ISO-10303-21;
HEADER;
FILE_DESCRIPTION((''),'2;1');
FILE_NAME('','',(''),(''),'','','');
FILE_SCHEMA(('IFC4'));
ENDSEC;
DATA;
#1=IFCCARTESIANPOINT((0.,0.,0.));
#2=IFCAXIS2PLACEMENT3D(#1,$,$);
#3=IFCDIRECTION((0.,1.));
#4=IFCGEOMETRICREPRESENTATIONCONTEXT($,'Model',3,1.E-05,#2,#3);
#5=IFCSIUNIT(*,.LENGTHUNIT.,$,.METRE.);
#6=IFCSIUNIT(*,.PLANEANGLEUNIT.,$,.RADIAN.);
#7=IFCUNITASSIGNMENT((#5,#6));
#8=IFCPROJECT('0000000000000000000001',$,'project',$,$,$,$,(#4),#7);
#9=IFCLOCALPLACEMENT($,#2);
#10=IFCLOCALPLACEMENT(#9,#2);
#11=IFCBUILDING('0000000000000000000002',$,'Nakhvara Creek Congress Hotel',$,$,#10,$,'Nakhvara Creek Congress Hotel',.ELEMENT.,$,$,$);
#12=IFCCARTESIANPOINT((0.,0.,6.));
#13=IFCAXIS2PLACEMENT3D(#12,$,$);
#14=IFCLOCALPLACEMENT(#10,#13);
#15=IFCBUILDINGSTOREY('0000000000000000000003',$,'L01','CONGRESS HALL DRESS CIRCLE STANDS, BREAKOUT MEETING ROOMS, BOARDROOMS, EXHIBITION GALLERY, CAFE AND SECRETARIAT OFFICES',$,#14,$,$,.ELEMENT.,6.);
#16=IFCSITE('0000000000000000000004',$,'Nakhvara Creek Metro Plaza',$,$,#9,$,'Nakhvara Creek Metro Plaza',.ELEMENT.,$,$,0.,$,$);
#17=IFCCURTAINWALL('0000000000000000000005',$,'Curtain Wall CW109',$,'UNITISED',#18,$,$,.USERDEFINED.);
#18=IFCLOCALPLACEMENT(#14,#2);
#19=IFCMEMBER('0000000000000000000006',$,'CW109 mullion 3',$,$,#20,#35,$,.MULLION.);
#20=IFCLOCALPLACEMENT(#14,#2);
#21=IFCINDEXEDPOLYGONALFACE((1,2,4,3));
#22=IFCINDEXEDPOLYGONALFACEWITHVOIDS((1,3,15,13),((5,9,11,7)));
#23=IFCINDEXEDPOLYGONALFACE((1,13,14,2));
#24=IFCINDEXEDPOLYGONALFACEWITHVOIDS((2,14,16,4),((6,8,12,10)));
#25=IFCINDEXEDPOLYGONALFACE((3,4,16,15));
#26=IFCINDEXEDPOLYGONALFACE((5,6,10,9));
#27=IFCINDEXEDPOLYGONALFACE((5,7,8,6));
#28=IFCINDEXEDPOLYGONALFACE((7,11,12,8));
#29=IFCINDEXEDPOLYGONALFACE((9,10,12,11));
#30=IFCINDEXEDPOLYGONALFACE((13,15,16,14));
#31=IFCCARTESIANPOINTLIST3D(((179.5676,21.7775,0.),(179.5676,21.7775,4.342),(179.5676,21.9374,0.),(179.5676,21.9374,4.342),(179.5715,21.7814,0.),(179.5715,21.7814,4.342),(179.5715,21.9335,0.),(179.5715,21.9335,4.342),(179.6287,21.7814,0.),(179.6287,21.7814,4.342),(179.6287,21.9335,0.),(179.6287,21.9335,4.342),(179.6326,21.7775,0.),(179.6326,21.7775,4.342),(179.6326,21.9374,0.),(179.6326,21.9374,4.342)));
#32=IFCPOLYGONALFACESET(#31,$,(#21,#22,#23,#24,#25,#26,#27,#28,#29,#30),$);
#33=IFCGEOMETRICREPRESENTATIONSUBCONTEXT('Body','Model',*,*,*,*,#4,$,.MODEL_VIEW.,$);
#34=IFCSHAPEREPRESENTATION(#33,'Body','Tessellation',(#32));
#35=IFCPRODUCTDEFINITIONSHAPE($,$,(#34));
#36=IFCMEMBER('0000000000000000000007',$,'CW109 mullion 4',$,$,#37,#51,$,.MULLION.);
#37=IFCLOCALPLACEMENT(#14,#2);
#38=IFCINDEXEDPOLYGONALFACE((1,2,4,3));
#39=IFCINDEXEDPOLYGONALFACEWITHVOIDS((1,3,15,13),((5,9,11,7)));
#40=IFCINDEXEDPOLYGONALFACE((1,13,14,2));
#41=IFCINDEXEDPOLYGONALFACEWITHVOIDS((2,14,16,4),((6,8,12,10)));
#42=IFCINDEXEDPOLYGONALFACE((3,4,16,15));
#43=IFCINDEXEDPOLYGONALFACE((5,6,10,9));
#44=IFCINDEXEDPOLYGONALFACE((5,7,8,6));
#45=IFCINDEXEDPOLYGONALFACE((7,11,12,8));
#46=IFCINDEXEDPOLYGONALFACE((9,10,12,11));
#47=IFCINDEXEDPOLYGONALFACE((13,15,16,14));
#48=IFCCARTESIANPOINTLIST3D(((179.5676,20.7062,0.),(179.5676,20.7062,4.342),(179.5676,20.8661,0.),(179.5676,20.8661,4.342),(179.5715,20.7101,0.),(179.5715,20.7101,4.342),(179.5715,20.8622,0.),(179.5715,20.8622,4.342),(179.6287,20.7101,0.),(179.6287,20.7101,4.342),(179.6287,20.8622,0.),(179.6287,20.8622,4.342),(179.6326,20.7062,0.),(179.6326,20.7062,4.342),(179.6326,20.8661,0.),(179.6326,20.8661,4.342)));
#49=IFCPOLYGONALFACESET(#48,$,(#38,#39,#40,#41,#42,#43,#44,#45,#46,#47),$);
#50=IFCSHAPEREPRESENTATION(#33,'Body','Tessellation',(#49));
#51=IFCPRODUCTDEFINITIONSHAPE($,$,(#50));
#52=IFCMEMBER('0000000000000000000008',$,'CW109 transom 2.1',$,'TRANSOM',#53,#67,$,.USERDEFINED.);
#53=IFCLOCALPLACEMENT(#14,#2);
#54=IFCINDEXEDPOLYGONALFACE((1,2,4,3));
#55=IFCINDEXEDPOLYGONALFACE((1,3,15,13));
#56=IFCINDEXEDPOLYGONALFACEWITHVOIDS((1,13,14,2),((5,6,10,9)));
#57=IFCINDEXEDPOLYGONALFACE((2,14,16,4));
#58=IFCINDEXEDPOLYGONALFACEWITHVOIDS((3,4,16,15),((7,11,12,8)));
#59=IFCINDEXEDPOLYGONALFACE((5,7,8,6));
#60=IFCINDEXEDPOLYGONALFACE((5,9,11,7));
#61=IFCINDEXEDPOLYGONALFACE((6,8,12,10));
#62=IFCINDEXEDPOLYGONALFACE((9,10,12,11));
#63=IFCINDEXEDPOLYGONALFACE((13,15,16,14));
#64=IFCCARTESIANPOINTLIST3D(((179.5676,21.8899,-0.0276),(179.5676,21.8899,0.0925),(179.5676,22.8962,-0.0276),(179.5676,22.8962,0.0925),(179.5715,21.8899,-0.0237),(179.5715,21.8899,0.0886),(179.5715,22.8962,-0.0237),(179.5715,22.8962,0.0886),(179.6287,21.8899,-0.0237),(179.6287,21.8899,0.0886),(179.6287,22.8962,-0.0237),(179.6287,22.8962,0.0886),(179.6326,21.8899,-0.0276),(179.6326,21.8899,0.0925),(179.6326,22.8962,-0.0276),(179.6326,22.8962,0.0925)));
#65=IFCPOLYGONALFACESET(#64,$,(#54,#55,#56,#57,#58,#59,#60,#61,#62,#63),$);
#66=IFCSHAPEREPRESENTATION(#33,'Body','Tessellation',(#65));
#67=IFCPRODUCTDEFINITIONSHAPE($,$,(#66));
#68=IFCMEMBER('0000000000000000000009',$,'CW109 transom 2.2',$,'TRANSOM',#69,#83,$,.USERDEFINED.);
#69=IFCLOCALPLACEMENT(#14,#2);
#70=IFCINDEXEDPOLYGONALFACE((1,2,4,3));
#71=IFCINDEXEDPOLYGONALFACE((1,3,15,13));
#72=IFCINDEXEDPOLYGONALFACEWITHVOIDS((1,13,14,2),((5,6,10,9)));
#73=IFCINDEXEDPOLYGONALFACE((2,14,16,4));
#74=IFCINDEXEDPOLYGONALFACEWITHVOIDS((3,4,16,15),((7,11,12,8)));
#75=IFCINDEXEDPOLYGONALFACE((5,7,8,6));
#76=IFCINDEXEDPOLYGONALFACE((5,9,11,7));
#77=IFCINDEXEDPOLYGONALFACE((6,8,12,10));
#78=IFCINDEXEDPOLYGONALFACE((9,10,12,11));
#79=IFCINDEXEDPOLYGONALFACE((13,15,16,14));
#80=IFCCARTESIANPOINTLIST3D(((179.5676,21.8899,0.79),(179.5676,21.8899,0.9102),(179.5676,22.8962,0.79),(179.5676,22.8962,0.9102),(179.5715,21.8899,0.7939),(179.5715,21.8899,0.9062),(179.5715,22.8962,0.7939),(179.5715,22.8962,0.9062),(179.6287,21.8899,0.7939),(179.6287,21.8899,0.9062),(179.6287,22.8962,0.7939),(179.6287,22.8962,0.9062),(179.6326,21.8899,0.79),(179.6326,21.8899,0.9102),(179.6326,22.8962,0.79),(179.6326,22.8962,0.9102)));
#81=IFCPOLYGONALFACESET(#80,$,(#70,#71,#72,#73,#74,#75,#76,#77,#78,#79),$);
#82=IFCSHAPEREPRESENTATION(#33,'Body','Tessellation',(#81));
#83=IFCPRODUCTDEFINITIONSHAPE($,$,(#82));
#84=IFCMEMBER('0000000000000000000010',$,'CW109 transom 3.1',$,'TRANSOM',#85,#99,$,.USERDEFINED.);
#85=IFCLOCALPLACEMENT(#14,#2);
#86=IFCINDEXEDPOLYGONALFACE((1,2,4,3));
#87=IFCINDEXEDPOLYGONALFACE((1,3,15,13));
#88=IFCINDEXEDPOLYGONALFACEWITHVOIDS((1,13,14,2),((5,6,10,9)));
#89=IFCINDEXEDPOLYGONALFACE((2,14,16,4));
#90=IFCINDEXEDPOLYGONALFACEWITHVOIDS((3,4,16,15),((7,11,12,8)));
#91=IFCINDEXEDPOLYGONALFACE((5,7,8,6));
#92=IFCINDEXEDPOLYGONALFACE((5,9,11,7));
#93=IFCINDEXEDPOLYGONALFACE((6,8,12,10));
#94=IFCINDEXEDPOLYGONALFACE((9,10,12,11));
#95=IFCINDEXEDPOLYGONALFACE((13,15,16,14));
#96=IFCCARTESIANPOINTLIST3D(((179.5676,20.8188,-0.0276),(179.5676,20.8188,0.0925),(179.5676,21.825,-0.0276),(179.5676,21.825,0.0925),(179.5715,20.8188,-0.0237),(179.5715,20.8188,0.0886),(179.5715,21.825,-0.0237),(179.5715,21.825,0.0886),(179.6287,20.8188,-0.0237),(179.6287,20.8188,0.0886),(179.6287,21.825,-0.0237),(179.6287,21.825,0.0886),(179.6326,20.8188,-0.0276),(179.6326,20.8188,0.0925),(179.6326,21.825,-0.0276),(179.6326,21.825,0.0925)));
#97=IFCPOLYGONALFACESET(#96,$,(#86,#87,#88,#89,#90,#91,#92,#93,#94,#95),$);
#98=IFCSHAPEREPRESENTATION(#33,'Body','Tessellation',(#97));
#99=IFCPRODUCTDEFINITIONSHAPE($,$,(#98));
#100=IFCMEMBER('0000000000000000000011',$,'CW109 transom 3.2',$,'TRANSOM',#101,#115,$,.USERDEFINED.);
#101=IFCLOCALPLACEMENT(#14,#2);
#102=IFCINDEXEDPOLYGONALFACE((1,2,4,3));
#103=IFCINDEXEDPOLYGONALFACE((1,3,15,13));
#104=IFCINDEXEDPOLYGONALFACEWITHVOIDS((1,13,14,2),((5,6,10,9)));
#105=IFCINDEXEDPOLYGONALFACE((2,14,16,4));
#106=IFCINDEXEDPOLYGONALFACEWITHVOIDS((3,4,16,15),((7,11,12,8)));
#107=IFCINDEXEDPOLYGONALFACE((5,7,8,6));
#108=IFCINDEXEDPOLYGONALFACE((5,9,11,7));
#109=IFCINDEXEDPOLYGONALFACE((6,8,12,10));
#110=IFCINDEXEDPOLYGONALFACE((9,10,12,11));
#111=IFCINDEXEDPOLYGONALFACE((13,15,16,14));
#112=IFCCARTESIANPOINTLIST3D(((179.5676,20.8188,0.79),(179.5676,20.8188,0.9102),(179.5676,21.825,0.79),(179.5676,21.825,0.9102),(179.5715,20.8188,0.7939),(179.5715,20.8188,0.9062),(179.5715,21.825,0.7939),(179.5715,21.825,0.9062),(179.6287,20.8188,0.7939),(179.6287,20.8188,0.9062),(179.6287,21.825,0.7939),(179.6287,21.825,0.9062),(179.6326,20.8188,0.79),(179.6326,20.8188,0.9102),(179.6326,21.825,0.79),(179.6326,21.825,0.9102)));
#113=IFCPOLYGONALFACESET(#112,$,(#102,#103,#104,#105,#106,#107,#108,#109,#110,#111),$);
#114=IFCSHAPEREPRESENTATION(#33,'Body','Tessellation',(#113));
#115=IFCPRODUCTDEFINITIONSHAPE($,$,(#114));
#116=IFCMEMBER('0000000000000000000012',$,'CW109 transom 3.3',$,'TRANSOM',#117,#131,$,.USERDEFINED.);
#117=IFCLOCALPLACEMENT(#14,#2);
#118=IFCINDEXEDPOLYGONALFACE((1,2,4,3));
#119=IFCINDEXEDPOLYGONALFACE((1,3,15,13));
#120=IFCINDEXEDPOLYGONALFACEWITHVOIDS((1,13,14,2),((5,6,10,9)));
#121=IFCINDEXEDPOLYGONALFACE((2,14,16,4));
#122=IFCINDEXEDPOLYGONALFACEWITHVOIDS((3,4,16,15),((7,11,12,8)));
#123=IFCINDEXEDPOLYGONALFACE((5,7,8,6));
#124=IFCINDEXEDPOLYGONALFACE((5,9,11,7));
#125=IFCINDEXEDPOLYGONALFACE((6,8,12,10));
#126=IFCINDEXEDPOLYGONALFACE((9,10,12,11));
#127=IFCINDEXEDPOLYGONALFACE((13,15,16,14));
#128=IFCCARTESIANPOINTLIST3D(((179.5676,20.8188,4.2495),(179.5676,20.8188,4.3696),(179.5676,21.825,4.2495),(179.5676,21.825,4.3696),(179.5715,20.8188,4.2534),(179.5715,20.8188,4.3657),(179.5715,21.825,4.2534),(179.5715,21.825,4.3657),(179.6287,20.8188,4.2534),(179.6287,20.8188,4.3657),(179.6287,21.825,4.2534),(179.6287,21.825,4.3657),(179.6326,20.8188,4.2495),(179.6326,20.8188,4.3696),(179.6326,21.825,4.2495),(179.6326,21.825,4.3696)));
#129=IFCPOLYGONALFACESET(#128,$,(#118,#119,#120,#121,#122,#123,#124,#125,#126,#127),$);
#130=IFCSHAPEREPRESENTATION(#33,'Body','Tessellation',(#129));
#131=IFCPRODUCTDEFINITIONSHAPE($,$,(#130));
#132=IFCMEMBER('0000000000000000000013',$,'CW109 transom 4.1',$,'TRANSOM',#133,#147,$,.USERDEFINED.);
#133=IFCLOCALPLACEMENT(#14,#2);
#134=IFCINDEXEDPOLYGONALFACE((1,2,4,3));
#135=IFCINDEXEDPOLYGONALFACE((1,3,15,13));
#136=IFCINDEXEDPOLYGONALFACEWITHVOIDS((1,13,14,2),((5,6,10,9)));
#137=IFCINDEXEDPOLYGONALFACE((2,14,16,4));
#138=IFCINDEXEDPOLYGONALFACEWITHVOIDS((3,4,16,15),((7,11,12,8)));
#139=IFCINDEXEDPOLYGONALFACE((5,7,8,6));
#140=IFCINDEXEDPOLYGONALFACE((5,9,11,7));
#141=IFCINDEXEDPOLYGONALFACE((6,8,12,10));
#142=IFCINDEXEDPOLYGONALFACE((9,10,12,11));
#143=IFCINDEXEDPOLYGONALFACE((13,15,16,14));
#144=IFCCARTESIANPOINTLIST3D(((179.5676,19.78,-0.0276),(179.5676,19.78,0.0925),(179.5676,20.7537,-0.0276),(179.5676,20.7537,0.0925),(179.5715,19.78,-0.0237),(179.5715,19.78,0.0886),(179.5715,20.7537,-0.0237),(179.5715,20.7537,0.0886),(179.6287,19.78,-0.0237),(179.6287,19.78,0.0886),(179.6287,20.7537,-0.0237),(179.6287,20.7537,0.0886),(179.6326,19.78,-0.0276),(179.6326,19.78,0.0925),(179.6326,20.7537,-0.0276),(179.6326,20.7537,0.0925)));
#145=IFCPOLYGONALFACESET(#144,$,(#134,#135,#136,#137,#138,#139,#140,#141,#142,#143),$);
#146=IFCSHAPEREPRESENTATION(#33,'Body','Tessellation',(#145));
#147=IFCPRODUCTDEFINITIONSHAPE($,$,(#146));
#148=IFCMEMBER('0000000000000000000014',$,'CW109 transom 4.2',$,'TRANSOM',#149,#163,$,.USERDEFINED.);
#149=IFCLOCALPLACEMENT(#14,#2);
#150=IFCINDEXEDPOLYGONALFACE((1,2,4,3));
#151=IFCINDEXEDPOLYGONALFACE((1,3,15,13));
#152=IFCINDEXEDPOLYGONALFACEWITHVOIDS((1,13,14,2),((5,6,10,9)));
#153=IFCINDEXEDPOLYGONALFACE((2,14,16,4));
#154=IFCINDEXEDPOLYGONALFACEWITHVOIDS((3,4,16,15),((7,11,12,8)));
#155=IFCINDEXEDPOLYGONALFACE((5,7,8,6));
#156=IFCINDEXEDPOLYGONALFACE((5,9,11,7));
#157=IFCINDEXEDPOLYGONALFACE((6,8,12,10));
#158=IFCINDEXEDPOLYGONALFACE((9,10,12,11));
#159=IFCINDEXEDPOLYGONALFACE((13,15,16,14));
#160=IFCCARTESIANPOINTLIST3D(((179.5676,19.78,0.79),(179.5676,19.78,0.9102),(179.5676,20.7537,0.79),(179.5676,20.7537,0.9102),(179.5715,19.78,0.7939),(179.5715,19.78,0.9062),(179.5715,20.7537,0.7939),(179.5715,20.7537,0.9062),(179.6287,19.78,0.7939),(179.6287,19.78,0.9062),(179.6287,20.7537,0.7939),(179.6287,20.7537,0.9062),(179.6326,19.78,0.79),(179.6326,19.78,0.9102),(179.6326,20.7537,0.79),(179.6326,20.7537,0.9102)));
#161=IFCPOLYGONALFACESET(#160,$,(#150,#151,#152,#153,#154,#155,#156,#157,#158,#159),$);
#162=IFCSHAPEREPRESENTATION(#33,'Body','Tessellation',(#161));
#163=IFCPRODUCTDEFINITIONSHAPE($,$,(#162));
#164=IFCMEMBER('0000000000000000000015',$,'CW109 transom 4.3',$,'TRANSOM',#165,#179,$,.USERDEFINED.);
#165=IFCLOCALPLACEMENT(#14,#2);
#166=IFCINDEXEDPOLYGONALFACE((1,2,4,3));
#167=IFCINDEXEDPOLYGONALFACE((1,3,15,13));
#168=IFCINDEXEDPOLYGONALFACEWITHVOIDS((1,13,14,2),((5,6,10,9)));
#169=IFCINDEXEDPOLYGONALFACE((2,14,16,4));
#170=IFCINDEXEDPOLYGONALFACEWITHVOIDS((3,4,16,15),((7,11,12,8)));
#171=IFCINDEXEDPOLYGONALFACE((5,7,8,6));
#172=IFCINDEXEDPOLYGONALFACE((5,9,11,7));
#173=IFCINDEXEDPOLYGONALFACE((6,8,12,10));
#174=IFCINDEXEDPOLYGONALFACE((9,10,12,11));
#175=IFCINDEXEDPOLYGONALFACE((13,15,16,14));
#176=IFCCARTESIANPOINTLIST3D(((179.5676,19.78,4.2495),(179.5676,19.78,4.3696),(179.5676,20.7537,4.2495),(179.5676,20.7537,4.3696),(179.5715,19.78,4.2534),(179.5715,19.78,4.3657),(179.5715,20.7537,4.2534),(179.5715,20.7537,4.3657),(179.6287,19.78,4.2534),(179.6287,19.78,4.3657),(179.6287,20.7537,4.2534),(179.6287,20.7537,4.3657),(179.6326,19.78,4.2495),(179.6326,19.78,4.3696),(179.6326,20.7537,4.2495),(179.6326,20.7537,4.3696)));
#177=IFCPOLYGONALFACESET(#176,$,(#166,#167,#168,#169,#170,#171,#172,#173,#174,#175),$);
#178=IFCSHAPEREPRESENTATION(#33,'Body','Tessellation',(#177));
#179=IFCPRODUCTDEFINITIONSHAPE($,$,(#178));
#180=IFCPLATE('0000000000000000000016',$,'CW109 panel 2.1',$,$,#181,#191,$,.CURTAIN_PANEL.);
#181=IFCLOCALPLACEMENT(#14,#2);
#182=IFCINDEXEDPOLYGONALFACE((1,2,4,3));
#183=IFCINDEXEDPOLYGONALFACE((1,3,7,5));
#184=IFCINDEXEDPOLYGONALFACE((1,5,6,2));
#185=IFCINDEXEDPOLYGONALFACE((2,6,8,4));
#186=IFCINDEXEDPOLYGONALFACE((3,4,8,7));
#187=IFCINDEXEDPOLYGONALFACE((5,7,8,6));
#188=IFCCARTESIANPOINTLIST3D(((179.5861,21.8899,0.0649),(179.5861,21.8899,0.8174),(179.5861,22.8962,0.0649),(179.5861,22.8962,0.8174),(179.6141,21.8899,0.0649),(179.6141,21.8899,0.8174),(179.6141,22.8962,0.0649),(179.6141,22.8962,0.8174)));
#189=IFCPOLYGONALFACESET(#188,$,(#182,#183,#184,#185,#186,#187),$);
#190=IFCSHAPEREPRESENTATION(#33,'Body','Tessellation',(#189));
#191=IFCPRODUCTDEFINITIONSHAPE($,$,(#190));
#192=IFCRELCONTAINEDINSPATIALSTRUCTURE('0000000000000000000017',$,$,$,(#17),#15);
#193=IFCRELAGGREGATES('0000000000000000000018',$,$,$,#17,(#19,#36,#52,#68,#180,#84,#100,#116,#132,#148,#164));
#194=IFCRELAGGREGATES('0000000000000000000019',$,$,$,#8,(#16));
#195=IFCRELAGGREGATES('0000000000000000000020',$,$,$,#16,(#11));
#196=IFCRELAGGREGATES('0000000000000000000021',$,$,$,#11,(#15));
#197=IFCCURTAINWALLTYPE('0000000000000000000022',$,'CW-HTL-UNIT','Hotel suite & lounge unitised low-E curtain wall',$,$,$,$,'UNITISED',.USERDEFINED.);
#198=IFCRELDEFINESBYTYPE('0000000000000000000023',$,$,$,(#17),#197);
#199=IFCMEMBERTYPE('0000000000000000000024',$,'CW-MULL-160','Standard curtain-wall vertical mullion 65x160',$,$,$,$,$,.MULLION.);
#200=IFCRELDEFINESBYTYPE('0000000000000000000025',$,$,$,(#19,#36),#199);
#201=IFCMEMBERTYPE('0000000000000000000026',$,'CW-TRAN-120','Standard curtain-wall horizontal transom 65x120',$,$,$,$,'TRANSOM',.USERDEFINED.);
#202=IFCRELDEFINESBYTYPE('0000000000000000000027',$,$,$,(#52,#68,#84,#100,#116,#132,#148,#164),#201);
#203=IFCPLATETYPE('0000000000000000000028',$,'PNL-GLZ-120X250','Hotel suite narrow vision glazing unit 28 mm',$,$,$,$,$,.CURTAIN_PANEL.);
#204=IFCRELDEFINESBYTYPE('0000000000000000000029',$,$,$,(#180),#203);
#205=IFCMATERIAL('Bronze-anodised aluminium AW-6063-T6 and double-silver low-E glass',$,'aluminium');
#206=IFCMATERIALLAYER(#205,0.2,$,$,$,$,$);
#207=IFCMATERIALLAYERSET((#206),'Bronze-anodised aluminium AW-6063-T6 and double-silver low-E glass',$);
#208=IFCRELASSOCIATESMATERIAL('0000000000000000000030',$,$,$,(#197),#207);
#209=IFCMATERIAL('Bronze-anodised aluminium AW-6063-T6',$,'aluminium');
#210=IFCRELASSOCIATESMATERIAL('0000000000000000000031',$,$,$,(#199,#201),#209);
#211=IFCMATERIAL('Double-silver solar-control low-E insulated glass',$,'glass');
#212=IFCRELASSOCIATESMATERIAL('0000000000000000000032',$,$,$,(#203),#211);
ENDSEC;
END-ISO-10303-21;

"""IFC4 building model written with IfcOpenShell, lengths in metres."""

from ifc_helpers import new_model, si_unit, direction, frame, origin, origin_2d, place, context, subcontext, project, spatial, rectangle, hollow_rectangle, extrude, material, layer, layer_set, material_profile, profile_set, type_object, element, aggregate, save


model = new_model("IFC4")

# Units and contexts
model_context = context("Model", 3, precision=1e-05, world=origin(), true_north=direction((0.0, 1.0)))
body_context = subcontext(model_context, "Body", "Model", "MODEL_VIEW")
ifc_project = project(units=[si_unit("LENGTHUNIT", "METRE"), si_unit("PLANEANGLEUNIT", "RADIAN")], contexts=[model_context])

# Site, building, storey
site_placement = place(None, origin())
site = spatial("IfcSite", under=ifc_project, at=site_placement, Name="Nakhvara Creek Metro Plaza", LongName="Nakhvara Creek Metro Plaza", CompositionType="ELEMENT", RefElevation=0.0)
building_placement = place(site_placement, origin())
building = spatial("IfcBuilding", under=site, at=building_placement, Name="Nakhvara Creek Congress Hotel", LongName="Nakhvara Creek Congress Hotel", CompositionType="ELEMENT")
storey_placement = place(building_placement, frame((0.0, 0.0, 6.0)))
storey = spatial("IfcBuildingStorey", under=building, at=storey_placement, Name="L01", Description="CONGRESS HALL DRESS CIRCLE STANDS, BREAKOUT MEETING ROOMS, BOARDROOMS, EXHIBITION GALLERY, CAFE AND SECRETARIAT OFFICES", CompositionType="ELEMENT", Elevation=6.0)

# Curtain wall, members, plate
ifc_material_1 = material(Name="Bronze-anodised aluminium AW-6063-T6 and double-silver low-E glass", Category="aluminium")
ifc_layer_1 = layer(ifc_material_1, 0.2)
ifc_layer_set_1 = layer_set([ifc_layer_1], Name="Bronze-anodised aluminium AW-6063-T6 and double-silver low-E glass")
curtain_wall_type = type_object("IfcCurtainWallType", Name="CW-HTL-UNIT", Description="Hotel suite & lounge unitised low-E curtain wall", ElementType="UNITISED", PredefinedType="USERDEFINED", material=ifc_layer_set_1)
curtain_wall_placement = place(storey_placement, origin())
curtain_wall = element("IfcCurtainWall", 1, at=curtain_wall_placement, inside=storey, type_object=curtain_wall_type, Name="Curtain Wall CW109", ObjectType="UNITISED", PredefinedType="USERDEFINED")
ifc_material_2 = material(Name="Bronze-anodised aluminium AW-6063-T6", Category="aluminium")
ifc_material_profile_1 = material_profile(ifc_material_2, hollow_rectangle(XDim=0.0649, YDim=0.1599, WallThickness=0.0039, at=origin_2d()), Name="ALU-MULL 65x160x4", Category="LoadBearing")
ifc_profile_set_1 = profile_set([ifc_material_profile_1], Name="Bronze-anodised aluminium AW-6063-T6")
member_type_1 = type_object("IfcMemberType", Name="CW-MULL-160", Description="Standard curtain-wall vertical mullion 65x160", PredefinedType="MULLION", material=ifc_profile_set_1)
member_1_placement = place(storey_placement, frame((179.6001, 21.8574, 0.0), z_axis=(0.0, 0.0, 1.0), x_axis=(1.0, 0.0, 0.0)))
member_1 = element("IfcMember", 2, at=member_1_placement, type_object=member_type_1, Name="CW109 mullion 3", PredefinedType="MULLION", context=body_context, shape_type="SweptSolid", body=[
    extrude(hollow_rectangle(XDim=0.0649, YDim=0.1599, WallThickness=0.0039, at=origin_2d()), origin(), (0.0, 0.0, 1.0), 4.342),
])
member_2_placement = place(storey_placement, frame((179.6001, 20.7861, 0.0), z_axis=(0.0, 0.0, 1.0), x_axis=(1.0, 0.0, 0.0)))
member_2 = element("IfcMember", 3, at=member_2_placement, type_object=member_type_1, Name="CW109 mullion 4", PredefinedType="MULLION", context=body_context, shape_type="SweptSolid", body=[
    extrude(hollow_rectangle(XDim=0.0649, YDim=0.1599, WallThickness=0.0039, at=origin_2d()), origin(), (0.0, 0.0, 1.0), 4.342),
])
ifc_material_profile_2 = material_profile(ifc_material_2, hollow_rectangle(XDim=0.0649, YDim=0.1201, WallThickness=0.0039, at=origin_2d()), Name="ALU-TRAN 65x120x4", Category="LoadBearing")
ifc_profile_set_2 = profile_set([ifc_material_profile_2], Name="Bronze-anodised aluminium AW-6063-T6")
member_type_2 = type_object("IfcMemberType", Name="CW-TRAN-120", Description="Standard curtain-wall horizontal transom 65x120", ElementType="TRANSOM", PredefinedType="USERDEFINED", material=ifc_profile_set_2)
member_3_placement = place(storey_placement, frame((179.6001, 22.8962, 0.0325), z_axis=(0.0, -1.0, 0.0), x_axis=(1.0, 0.0, 0.0)))
member_3 = element("IfcMember", 4, at=member_3_placement, type_object=member_type_2, Name="CW109 transom 2.1", ObjectType="TRANSOM", PredefinedType="USERDEFINED", context=body_context, shape_type="SweptSolid", body=[
    extrude(hollow_rectangle(XDim=0.0649, YDim=0.1201, WallThickness=0.0039, at=origin_2d()), origin(), (0.0, 0.0, 1.0), 1.0063),
])
member_4_placement = place(storey_placement, frame((179.6001, 22.8962, 0.8501), z_axis=(0.0, -1.0, 0.0), x_axis=(1.0, 0.0, 0.0)))
member_4 = element("IfcMember", 5, at=member_4_placement, type_object=member_type_2, Name="CW109 transom 2.2", ObjectType="TRANSOM", PredefinedType="USERDEFINED", context=body_context, shape_type="SweptSolid", body=[
    extrude(hollow_rectangle(XDim=0.0649, YDim=0.1201, WallThickness=0.0039, at=origin_2d()), origin(), (0.0, 0.0, 1.0), 1.0063),
])
member_5_placement = place(storey_placement, frame((179.6001, 21.825, 0.0325), z_axis=(0.0, -1.0, 0.0), x_axis=(1.0, 0.0, 0.0)))
member_5 = element("IfcMember", 6, at=member_5_placement, type_object=member_type_2, Name="CW109 transom 3.1", ObjectType="TRANSOM", PredefinedType="USERDEFINED", context=body_context, shape_type="SweptSolid", body=[
    extrude(hollow_rectangle(XDim=0.0649, YDim=0.1201, WallThickness=0.0039, at=origin_2d()), origin(), (0.0, 0.0, 1.0), 1.0061),
])
member_6_placement = place(storey_placement, frame((179.6001, 21.825, 0.8501), z_axis=(0.0, -1.0, 0.0), x_axis=(1.0, 0.0, 0.0)))
member_6 = element("IfcMember", 7, at=member_6_placement, type_object=member_type_2, Name="CW109 transom 3.2", ObjectType="TRANSOM", PredefinedType="USERDEFINED", context=body_context, shape_type="SweptSolid", body=[
    extrude(hollow_rectangle(XDim=0.0649, YDim=0.1201, WallThickness=0.0039, at=origin_2d()), origin(), (0.0, 0.0, 1.0), 1.0061),
])
member_7_placement = place(storey_placement, frame((179.6001, 21.825, 4.3096), z_axis=(0.0, -1.0, 0.0), x_axis=(1.0, 0.0, 0.0)))
member_7 = element("IfcMember", 8, at=member_7_placement, type_object=member_type_2, Name="CW109 transom 3.3", ObjectType="TRANSOM", PredefinedType="USERDEFINED", context=body_context, shape_type="SweptSolid", body=[
    extrude(hollow_rectangle(XDim=0.0649, YDim=0.1201, WallThickness=0.0039, at=origin_2d()), origin(), (0.0, 0.0, 1.0), 1.0061),
])
member_8_placement = place(storey_placement, frame((179.6001, 20.7537, 0.0325), z_axis=(0.0, -1.0, 0.0), x_axis=(1.0, 0.0, 0.0)))
member_8 = element("IfcMember", 9, at=member_8_placement, type_object=member_type_2, Name="CW109 transom 4.1", ObjectType="TRANSOM", PredefinedType="USERDEFINED", context=body_context, shape_type="SweptSolid", body=[
    extrude(hollow_rectangle(XDim=0.0649, YDim=0.1201, WallThickness=0.0039, at=origin_2d()), origin(), (0.0, 0.0, 1.0), 0.9736),
])
member_9_placement = place(storey_placement, frame((179.6001, 20.7537, 0.8501), z_axis=(0.0, -1.0, 0.0), x_axis=(1.0, 0.0, 0.0)))
member_9 = element("IfcMember", 10, at=member_9_placement, type_object=member_type_2, Name="CW109 transom 4.2", ObjectType="TRANSOM", PredefinedType="USERDEFINED", context=body_context, shape_type="SweptSolid", body=[
    extrude(hollow_rectangle(XDim=0.0649, YDim=0.1201, WallThickness=0.0039, at=origin_2d()), origin(), (0.0, 0.0, 1.0), 0.9736),
])
member_10_placement = place(storey_placement, frame((179.6001, 20.7537, 4.3096), z_axis=(0.0, -1.0, 0.0), x_axis=(1.0, 0.0, 0.0)))
member_10 = element("IfcMember", 11, at=member_10_placement, type_object=member_type_2, Name="CW109 transom 4.3", ObjectType="TRANSOM", PredefinedType="USERDEFINED", context=body_context, shape_type="SweptSolid", body=[
    extrude(hollow_rectangle(XDim=0.0649, YDim=0.1201, WallThickness=0.0039, at=origin_2d()), origin(), (0.0, 0.0, 1.0), 0.9736),
])
ifc_material_3 = material(Name="Double-silver solar-control low-E insulated glass", Category="glass")
plate_type = type_object("IfcPlateType", Name="PNL-GLZ-120X250", Description="Hotel suite narrow vision glazing unit 28 mm", PredefinedType="CURTAIN_PANEL", material=ifc_material_3)
plate_1_placement = place(storey_placement, frame((179.6001, 22.3931, 0.0649), z_axis=(0.0, 0.0, 1.0), x_axis=(0.0, -1.0, 0.0)))
plate_1 = element("IfcPlate", 12, at=plate_1_placement, type_object=plate_type, Name="CW109 panel 2.1", PredefinedType="CURTAIN_PANEL", context=body_context, shape_type="SweptSolid", body=[
    extrude(rectangle(XDim=1.0063, YDim=0.0281, at=origin_2d()), origin(), (0.0, 0.0, 1.0), 0.7524),
])
aggregate(curtain_wall, [member_1, member_2, member_3, member_4, plate_1, member_5, member_6, member_7, member_8, member_9, member_10])

save(model, "model.ifc")
